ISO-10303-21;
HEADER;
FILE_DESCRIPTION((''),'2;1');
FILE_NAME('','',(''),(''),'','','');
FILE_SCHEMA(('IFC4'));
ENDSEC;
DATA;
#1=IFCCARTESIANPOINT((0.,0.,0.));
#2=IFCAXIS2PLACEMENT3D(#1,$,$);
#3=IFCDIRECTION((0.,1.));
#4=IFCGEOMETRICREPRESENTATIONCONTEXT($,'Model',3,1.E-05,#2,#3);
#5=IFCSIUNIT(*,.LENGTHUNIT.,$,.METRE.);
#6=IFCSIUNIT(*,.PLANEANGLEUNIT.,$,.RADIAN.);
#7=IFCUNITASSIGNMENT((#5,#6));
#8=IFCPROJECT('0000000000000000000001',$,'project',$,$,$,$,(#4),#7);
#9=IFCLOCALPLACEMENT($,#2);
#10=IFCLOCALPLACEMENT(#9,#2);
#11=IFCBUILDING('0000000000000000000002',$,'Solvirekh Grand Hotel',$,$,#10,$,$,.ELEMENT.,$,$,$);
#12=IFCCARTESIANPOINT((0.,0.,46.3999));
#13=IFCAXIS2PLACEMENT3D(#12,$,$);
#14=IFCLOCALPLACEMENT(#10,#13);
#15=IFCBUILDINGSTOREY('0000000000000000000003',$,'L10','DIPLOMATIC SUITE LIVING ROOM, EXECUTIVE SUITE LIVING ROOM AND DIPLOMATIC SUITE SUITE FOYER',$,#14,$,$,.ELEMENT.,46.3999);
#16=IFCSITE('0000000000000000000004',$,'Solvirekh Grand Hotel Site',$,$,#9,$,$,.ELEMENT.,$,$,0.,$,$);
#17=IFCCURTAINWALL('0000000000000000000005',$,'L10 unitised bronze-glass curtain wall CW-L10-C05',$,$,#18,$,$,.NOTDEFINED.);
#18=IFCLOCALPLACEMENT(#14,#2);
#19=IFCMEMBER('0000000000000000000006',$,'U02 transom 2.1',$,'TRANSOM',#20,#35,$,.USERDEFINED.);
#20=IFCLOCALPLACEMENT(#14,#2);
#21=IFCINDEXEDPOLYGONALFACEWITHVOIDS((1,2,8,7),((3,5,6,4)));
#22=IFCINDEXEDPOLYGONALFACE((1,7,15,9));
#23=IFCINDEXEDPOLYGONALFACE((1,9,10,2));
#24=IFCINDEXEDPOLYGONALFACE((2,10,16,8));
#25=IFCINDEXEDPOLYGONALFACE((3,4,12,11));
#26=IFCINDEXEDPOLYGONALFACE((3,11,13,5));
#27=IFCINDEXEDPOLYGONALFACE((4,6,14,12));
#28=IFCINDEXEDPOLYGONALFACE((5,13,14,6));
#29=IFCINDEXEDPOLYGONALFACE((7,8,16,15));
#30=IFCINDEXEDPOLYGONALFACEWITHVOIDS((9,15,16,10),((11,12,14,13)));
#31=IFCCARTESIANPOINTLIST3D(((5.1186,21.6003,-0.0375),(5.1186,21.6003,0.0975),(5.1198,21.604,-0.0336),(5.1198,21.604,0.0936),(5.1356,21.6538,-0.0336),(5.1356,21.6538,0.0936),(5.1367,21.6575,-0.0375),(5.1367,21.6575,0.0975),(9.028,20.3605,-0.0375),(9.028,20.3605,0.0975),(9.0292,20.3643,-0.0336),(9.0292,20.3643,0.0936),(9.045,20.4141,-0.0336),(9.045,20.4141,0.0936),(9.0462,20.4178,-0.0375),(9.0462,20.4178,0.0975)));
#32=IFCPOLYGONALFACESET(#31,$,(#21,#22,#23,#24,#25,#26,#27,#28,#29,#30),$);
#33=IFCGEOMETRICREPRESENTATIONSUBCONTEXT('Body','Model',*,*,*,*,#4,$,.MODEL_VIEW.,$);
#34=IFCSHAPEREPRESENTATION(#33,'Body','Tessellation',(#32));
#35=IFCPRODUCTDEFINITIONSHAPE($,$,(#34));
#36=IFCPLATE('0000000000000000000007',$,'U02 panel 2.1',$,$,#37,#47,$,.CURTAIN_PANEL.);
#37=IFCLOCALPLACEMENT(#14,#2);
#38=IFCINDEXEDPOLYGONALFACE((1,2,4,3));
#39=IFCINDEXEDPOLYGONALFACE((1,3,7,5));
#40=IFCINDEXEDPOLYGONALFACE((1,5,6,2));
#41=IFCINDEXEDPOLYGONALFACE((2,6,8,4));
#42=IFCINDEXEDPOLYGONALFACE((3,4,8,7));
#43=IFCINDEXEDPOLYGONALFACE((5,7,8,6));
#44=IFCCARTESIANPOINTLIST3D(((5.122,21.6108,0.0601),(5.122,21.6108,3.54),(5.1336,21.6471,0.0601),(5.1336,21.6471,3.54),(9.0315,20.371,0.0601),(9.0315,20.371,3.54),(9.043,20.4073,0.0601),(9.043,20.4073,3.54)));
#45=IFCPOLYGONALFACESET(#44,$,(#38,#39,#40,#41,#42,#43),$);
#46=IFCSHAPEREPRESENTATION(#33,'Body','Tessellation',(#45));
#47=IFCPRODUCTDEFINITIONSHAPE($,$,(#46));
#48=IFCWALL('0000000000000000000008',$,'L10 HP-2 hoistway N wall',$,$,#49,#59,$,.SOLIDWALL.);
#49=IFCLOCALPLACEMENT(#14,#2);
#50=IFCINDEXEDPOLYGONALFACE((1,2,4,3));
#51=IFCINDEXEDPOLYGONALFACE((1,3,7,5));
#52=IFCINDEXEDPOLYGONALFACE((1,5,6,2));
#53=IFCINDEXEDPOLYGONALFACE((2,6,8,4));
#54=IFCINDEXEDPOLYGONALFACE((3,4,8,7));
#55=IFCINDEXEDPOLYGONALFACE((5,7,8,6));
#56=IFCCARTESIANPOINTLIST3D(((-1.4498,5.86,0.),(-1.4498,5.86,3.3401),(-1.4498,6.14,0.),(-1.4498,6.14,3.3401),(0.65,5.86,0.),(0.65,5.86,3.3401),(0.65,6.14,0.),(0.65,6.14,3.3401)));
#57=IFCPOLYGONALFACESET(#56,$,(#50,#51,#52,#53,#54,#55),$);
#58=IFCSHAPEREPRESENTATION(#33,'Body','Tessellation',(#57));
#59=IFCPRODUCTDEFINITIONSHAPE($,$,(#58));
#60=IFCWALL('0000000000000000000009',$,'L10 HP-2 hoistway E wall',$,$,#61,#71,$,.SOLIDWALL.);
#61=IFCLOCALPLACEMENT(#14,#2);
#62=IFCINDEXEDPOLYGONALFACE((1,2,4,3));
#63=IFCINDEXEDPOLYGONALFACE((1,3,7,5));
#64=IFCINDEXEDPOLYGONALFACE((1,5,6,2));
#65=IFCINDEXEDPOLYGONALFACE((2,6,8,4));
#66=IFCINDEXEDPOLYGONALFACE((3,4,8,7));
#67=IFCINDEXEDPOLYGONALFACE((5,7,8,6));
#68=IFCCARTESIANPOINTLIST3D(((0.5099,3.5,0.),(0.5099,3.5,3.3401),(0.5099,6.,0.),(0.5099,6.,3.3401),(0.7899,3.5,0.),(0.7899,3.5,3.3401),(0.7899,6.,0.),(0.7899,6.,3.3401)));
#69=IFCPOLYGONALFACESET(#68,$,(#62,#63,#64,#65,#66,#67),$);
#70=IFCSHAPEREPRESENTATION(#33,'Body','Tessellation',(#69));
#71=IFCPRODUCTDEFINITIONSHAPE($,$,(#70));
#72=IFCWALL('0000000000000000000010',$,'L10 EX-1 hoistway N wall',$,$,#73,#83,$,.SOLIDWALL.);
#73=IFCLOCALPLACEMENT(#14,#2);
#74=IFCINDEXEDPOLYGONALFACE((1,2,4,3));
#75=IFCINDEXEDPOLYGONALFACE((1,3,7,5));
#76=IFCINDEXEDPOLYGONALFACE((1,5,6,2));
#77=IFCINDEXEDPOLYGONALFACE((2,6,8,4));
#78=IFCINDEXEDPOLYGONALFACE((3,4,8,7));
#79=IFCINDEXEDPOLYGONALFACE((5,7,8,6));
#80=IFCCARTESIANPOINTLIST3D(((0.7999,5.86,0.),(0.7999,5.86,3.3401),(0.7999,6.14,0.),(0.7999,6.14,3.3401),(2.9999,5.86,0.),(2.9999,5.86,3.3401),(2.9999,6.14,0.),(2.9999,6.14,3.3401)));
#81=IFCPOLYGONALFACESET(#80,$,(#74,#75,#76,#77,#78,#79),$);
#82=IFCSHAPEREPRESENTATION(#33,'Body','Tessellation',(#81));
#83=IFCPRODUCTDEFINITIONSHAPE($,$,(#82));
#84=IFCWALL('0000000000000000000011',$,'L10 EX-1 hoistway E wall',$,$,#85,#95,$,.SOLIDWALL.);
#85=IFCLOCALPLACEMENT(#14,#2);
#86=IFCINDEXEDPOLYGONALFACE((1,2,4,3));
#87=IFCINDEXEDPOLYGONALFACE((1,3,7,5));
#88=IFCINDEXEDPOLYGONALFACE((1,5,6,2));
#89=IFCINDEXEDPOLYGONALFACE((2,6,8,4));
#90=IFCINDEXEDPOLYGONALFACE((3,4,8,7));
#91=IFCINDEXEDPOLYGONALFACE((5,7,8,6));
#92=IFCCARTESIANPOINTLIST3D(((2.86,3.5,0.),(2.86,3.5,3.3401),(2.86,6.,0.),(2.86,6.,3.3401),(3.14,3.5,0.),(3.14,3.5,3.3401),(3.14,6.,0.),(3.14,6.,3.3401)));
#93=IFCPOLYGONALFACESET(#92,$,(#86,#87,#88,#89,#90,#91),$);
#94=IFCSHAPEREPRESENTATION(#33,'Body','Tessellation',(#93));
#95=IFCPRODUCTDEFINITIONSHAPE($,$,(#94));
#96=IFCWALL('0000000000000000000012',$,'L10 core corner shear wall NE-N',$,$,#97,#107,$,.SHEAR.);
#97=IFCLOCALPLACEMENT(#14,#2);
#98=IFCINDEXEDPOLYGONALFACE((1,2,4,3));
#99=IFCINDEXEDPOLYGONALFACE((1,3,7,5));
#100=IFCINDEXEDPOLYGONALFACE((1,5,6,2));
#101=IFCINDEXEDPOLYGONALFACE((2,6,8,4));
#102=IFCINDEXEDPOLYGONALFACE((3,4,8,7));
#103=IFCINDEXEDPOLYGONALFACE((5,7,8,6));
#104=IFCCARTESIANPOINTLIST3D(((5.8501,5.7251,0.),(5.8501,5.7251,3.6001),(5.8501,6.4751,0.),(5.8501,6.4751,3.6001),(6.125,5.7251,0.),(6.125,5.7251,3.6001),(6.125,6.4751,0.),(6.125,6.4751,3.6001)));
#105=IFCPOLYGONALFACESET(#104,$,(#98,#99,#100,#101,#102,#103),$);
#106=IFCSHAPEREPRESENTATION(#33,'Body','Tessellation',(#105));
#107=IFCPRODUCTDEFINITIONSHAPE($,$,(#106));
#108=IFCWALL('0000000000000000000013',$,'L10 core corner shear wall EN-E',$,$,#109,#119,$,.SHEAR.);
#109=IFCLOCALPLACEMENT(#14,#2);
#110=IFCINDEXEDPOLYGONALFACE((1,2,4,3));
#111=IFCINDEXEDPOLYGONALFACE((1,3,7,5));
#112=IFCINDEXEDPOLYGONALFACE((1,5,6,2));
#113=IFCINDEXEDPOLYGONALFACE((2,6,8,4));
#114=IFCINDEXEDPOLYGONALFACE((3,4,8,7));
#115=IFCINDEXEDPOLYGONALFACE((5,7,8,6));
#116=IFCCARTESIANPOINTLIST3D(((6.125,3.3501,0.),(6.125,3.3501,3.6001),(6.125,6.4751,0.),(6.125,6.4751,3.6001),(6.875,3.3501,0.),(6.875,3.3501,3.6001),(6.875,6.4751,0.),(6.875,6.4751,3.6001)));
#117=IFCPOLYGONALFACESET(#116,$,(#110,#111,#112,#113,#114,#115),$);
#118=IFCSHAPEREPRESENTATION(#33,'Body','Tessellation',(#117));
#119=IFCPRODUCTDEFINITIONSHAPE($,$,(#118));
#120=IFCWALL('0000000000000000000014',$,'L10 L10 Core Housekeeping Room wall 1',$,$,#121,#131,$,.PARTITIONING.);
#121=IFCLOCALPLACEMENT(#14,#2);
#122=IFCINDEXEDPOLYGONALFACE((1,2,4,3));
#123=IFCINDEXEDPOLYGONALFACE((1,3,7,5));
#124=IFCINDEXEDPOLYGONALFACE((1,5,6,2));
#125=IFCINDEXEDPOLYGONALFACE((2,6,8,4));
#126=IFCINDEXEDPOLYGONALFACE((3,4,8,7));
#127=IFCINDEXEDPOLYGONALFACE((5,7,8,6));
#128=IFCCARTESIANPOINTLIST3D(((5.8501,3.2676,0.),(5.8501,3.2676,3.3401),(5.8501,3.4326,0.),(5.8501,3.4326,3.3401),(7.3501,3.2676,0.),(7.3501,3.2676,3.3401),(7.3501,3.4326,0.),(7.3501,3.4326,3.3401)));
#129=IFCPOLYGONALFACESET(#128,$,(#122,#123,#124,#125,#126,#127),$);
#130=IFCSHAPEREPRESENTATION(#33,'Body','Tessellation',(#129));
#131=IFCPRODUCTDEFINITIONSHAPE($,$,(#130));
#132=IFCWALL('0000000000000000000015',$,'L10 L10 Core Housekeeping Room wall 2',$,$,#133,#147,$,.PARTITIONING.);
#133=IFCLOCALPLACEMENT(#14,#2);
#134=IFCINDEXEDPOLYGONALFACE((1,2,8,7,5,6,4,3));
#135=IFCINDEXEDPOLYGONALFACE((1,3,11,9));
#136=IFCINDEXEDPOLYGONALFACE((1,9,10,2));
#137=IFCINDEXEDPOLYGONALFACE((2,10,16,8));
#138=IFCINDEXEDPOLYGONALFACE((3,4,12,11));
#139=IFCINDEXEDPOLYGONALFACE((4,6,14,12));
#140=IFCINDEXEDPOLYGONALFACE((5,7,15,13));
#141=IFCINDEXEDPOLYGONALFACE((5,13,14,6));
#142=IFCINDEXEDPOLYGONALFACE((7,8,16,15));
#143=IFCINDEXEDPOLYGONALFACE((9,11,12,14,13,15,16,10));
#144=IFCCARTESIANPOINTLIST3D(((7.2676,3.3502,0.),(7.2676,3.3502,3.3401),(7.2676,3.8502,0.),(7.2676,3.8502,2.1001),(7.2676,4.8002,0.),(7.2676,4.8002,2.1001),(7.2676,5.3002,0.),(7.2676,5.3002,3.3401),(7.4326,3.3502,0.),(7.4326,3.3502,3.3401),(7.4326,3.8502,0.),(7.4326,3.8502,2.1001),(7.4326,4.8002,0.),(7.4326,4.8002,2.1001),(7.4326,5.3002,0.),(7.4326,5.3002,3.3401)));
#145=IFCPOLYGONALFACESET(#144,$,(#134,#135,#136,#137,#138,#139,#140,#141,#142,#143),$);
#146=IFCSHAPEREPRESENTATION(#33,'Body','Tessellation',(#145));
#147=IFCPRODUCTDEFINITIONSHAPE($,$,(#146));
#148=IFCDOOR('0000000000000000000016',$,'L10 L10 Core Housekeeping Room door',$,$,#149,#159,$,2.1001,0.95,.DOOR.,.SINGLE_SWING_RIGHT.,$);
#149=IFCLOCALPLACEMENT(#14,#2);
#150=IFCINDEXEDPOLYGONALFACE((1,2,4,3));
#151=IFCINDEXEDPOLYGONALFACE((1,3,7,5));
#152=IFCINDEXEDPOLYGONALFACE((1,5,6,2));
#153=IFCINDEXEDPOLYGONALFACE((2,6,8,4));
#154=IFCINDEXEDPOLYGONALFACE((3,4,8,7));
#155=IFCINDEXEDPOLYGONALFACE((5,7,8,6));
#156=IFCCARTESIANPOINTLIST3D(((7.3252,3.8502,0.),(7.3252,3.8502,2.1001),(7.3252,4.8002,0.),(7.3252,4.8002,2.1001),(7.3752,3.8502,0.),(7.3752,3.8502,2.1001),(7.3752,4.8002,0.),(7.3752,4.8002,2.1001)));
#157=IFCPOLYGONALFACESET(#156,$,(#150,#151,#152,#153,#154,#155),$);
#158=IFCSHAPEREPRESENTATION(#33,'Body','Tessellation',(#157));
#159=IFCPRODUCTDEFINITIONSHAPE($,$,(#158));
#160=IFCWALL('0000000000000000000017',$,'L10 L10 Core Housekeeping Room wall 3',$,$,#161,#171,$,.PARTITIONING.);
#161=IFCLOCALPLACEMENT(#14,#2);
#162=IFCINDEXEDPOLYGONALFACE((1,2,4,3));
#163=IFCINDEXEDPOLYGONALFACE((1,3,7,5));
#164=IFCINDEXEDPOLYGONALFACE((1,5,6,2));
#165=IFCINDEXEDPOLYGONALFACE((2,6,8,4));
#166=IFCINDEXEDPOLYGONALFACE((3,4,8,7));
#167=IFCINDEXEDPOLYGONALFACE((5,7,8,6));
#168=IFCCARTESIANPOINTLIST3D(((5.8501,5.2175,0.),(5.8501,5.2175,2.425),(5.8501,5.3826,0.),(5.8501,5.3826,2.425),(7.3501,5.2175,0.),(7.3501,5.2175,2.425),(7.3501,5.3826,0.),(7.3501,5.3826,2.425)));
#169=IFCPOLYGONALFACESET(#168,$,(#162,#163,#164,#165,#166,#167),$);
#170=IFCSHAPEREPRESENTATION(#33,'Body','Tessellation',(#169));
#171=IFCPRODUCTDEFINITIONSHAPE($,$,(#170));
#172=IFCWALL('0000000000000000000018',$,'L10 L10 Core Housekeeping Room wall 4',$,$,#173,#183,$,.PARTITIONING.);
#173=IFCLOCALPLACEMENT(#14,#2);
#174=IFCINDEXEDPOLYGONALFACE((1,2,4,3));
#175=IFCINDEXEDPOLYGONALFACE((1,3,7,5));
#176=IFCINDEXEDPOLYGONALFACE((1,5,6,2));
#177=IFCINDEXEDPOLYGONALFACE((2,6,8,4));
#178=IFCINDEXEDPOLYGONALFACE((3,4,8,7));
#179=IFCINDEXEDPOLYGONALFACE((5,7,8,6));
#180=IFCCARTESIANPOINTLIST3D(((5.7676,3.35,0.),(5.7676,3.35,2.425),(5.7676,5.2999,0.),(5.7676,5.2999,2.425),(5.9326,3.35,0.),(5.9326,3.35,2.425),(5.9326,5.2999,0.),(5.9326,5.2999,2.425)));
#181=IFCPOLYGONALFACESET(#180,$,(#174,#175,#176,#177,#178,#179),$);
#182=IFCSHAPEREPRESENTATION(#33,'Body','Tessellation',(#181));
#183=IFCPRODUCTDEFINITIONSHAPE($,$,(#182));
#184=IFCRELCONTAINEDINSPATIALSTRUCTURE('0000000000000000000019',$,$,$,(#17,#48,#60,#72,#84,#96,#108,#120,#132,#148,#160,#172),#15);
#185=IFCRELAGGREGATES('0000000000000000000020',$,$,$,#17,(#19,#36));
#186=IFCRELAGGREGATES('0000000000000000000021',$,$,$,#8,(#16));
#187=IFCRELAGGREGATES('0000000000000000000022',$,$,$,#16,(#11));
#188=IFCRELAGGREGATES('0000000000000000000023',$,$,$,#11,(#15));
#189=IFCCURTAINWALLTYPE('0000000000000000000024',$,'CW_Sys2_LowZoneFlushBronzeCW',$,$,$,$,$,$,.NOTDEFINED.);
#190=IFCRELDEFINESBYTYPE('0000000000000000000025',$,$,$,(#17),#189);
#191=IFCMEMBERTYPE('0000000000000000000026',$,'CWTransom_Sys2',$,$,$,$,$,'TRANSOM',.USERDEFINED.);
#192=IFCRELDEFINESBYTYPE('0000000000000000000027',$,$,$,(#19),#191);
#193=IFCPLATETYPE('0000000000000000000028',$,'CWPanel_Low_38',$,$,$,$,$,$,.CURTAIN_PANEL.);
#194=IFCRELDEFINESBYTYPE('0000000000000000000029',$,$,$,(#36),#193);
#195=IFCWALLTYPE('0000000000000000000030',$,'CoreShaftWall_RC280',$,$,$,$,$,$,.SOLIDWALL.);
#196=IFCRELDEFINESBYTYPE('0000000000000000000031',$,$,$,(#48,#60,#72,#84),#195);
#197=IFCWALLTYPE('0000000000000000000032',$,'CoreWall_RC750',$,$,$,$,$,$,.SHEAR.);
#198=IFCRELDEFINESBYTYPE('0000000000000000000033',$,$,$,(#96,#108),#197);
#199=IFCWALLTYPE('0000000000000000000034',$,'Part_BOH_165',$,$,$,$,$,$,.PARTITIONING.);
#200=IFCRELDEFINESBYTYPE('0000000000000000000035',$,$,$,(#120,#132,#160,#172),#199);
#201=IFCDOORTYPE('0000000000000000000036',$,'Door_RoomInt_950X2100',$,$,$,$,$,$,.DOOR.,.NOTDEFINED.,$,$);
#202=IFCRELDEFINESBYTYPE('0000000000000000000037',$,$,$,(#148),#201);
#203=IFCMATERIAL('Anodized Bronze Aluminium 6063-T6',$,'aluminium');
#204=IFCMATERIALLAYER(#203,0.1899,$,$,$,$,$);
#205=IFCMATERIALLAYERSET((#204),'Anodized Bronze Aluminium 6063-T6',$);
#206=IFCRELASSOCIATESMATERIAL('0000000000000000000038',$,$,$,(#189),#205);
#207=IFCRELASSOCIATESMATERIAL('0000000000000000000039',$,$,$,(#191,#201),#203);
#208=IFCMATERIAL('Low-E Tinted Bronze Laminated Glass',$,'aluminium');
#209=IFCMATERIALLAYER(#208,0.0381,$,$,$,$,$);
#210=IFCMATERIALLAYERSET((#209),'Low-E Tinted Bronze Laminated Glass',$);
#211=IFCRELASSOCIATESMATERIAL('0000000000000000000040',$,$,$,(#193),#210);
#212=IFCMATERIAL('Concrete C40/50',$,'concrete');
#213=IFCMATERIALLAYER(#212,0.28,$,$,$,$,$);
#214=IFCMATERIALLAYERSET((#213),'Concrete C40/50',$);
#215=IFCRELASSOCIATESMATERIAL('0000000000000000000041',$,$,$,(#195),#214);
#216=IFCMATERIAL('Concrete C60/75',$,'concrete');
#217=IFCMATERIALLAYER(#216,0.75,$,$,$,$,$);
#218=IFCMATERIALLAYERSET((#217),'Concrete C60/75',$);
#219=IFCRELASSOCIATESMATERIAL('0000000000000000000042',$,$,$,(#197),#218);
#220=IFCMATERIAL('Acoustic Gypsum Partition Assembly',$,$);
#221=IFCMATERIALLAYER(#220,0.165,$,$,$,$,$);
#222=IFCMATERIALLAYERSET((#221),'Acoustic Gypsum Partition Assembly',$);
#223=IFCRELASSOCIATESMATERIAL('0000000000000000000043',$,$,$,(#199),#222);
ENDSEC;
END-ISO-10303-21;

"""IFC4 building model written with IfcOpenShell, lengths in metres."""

from ifc_helpers import new_model, si_unit, direction, frame, frame_2d, origin, origin_2d, place, context, subcontext, project, spatial, rectangle, hollow_rectangle, extrude, source, transform, mapped, material, layer, layer_set, material_profile, profile_set, type_object, element, fill, aggregate, save


model = new_model("IFC4")

# Units and contexts
model_context = context("Model", 3, precision=1e-05, world=origin(), true_north=direction((0.0, 1.0)))
body_context = subcontext(model_context, "Body", "Model", "MODEL_VIEW")
ifc_project = project(units=[si_unit("LENGTHUNIT", "METRE"), si_unit("PLANEANGLEUNIT", "RADIAN")], contexts=[model_context])

# Site, building, storey
site_placement = place(None, origin())
site = spatial("IfcSite", under=ifc_project, at=site_placement, Name="Solvirekh Grand Hotel Site", CompositionType="ELEMENT", RefElevation=0.0)
building_placement = place(site_placement, origin())
building = spatial("IfcBuilding", under=site, at=building_placement, Name="Solvirekh Grand Hotel", CompositionType="ELEMENT")
storey_placement = place(building_placement, frame((0.0, 0.0, 46.3999)))
storey = spatial("IfcBuildingStorey", under=building, at=storey_placement, Name="L10", Description="DIPLOMATIC SUITE LIVING ROOM, EXECUTIVE SUITE LIVING ROOM AND DIPLOMATIC SUITE SUITE FOYER", CompositionType="ELEMENT", Elevation=46.3999)

# Shared definitions
ifc_material_1 = material(Name="Concrete C60/75", Category="concrete")

# Curtain wall, member, plate
ifc_material_2 = material(Name="Anodized Bronze Aluminium 6063-T6", Category="aluminium")
ifc_layer_1 = layer(ifc_material_2, 0.1899)
ifc_layer_set_1 = layer_set([ifc_layer_1], Name="Anodized Bronze Aluminium 6063-T6")
curtain_wall_type = type_object("IfcCurtainWallType", Name="CW_Sys2_LowZoneFlushBronzeCW", PredefinedType="NOTDEFINED", material=ifc_layer_set_1)
curtain_wall_placement = place(storey_placement, origin())
curtain_wall = element("IfcCurtainWall", 1, at=curtain_wall_placement, inside=storey, type_object=curtain_wall_type, Name="L10 unitised bronze-glass curtain wall CW-L10-C05", PredefinedType="NOTDEFINED")
ifc_material_profile_1 = material_profile(ifc_material_2, hollow_rectangle(XDim=0.0601, YDim=0.135, WallThickness=0.0039, at=origin_2d()), Name="ALU RHS 135X60X4")
ifc_profile_set_1 = profile_set([ifc_material_profile_1], Name="Anodized Bronze Aluminium 6063-T6")
member_type_1 = type_object("IfcMemberType", Name="CWTransom_Sys2", ElementType="TRANSOM", PredefinedType="USERDEFINED", material=ifc_profile_set_1)
shared_shape_1 = source(origin(), body_context, "Body", "SweptSolid", [
    extrude(hollow_rectangle(XDim=0.0601, YDim=0.135, WallThickness=0.0039, at=origin_2d()), origin(), (0.0, 0.0, 1.0), 4.1013),
])
member_1_placement = place(storey_placement, frame((9.0371, 20.3892, 0.03), z_axis=(-0.953219, 0.302282, 0.0), x_axis=(-0.302282, -0.953219, 0.0)))
member_1 = element("IfcMember", 2, at=member_1_placement, type_object=member_type_1, Name="U02 transom 2.1", ObjectType="TRANSOM", PredefinedType="USERDEFINED", context=body_context, shape_type="MappedRepresentation", body=[
    mapped(shared_shape_1, transform((0.0, 0.0, 0.0), x_axis=(1.0, 0.0, 0.0), y_axis=(0.0, 1.0, 0.0), z_axis=(0.0, 0.0, 1.0), scale=1.0)),
])
ifc_material_3 = material(Name="Low-E Tinted Bronze Laminated Glass", Category="aluminium")
ifc_layer_2 = layer(ifc_material_3, 0.0381)
ifc_layer_set_2 = layer_set([ifc_layer_2], Name="Low-E Tinted Bronze Laminated Glass")
plate_type = type_object("IfcPlateType", Name="CWPanel_Low_38", PredefinedType="CURTAIN_PANEL", material=ifc_layer_set_2)
shared_shape_2 = source(origin(), body_context, "Body", "SweptSolid", [
    extrude(rectangle(XDim=4.1013, YDim=0.0381, at=origin_2d()), origin(), (0.0, 0.0, 1.0), 3.48),
])
plate_placement = place(storey_placement, frame((7.0825, 21.009, 0.0601), z_axis=(0.0, 0.0, 1.0), x_axis=(-0.953217, 0.302286, 0.0)))
plate = element("IfcPlate", 3, at=plate_placement, type_object=plate_type, Name="U02 panel 2.1", PredefinedType="CURTAIN_PANEL", context=body_context, shape_type="MappedRepresentation", body=[
    mapped(shared_shape_2, transform((0.0, 0.0, 0.0), x_axis=(1.0, 0.0, 0.0), y_axis=(0.0, 1.0, 0.0), z_axis=(0.0, 0.0, 1.0), scale=1.0)),
])
aggregate(curtain_wall, [member_1, plate])

# Walls
ifc_material_4 = material(Name="Concrete C40/50", Category="concrete")
ifc_layer_3 = layer(ifc_material_4, 0.28)
ifc_layer_set_3 = layer_set([ifc_layer_3], Name="Concrete C40/50")
wall_type_1 = type_object("IfcWallType", Name="CoreShaftWall_RC280", PredefinedType="SOLIDWALL", material=ifc_layer_set_3)
wall_1_placement = place(storey_placement, frame((0.6499, 6.0, 0.0), z_axis=(0.0, 0.0, 1.0), x_axis=(-1.0, 0.0, 0.0)))
element("IfcWall", 4, at=wall_1_placement, inside=storey, type_object=wall_type_1, Name="L10 HP-2 hoistway N wall", PredefinedType="SOLIDWALL", context=body_context, shape_type="SweptSolid", body=[
    extrude(rectangle(XDim=2.0999, YDim=0.28, at=frame_2d((1.0498, 0.0))), origin(), (0.0, 0.0, 1.0), 3.3401),
])
wall_2_placement = place(storey_placement, frame((0.6499, 3.5, 0.0), z_axis=(0.0, 0.0, 1.0), x_axis=(0.0, 1.0, 0.0)))
element("IfcWall", 5, at=wall_2_placement, inside=storey, type_object=wall_type_1, Name="L10 HP-2 hoistway E wall", PredefinedType="SOLIDWALL", context=body_context, shape_type="SweptSolid", body=[
    extrude(rectangle(XDim=2.5, YDim=0.28, at=frame_2d((1.25, 0.0))), origin(), (0.0, 0.0, 1.0), 3.3401),
])
wall_3_placement = place(storey_placement, frame((3.0, 6.0, 0.0), z_axis=(0.0, 0.0, 1.0), x_axis=(-1.0, 0.0, 0.0)))
element("IfcWall", 6, at=wall_3_placement, inside=storey, type_object=wall_type_1, Name="L10 EX-1 hoistway N wall", PredefinedType="SOLIDWALL", context=body_context, shape_type="SweptSolid", body=[
    extrude(rectangle(XDim=2.2, YDim=0.28, at=frame_2d((1.1001, 0.0))), origin(), (0.0, 0.0, 1.0), 3.3401),
])
wall_4_placement = place(storey_placement, frame((3.0, 3.5, 0.0), z_axis=(0.0, 0.0, 1.0), x_axis=(0.0, 1.0, 0.0)))
element("IfcWall", 7, at=wall_4_placement, inside=storey, type_object=wall_type_1, Name="L10 EX-1 hoistway E wall", PredefinedType="SOLIDWALL", context=body_context, shape_type="SweptSolid", body=[
    extrude(rectangle(XDim=2.5, YDim=0.28, at=frame_2d((1.25, 0.0))), origin(), (0.0, 0.0, 1.0), 3.3401),
])
ifc_layer_4 = layer(ifc_material_1, 0.75)
ifc_layer_set_4 = layer_set([ifc_layer_4], Name="Concrete C60/75")
wall_type_2 = type_object("IfcWallType", Name="CoreWall_RC750", PredefinedType="SHEAR", material=ifc_layer_set_4)
wall_5_placement = place(storey_placement, frame((5.8501, 6.1001, 0.0), z_axis=(0.0, 0.0, 1.0), x_axis=(1.0, 0.0, 0.0)))
element("IfcWall", 8, at=wall_5_placement, inside=storey, type_object=wall_type_2, Name="L10 core corner shear wall NE-N", PredefinedType="SHEAR", context=body_context, shape_type="SweptSolid", body=[
    extrude(rectangle(XDim=0.2749, YDim=0.75, at=frame_2d((0.1375, 0.0))), origin(), (0.0, 0.0, 1.0), 3.6001),
])
wall_6_placement = place(storey_placement, frame((6.5, 3.3501, 0.0), z_axis=(0.0, 0.0, 1.0), x_axis=(0.0, 1.0, 0.0)))
element("IfcWall", 9, at=wall_6_placement, inside=storey, type_object=wall_type_2, Name="L10 core corner shear wall EN-E", PredefinedType="SHEAR", context=body_context, shape_type="SweptSolid", body=[
    extrude(rectangle(XDim=3.125, YDim=0.75, at=frame_2d((1.5625, 0.0))), origin(), (0.0, 0.0, 1.0), 3.6001),
])
ifc_material_5 = material(Name="Acoustic Gypsum Partition Assembly")
ifc_layer_5 = layer(ifc_material_5, 0.165)
ifc_layer_set_5 = layer_set([ifc_layer_5], Name="Acoustic Gypsum Partition Assembly")
wall_type_3 = type_object("IfcWallType", Name="Part_BOH_165", PredefinedType="PARTITIONING", material=ifc_layer_set_5)
wall_7_placement = place(storey_placement, frame((5.8501, 3.3501, 0.0), z_axis=(0.0, 0.0, 1.0), x_axis=(1.0, 0.0, 0.0)))
element("IfcWall", 10, at=wall_7_placement, inside=storey, type_object=wall_type_3, Name="L10 L10 Core Housekeeping Room wall 1", PredefinedType="PARTITIONING", context=body_context, shape_type="SweptSolid", body=[
    extrude(rectangle(XDim=1.5, YDim=0.165, at=frame_2d((0.75, 0.0))), origin(), (0.0, 0.0, 1.0), 3.3401),
])

# Wall, opening, door
wall_8_placement = place(storey_placement, frame((7.3501, 3.3501, 0.0), z_axis=(0.0, 0.0, 1.0), x_axis=(0.0, 1.0, 0.0)))
wall_8 = element("IfcWall", 11, at=wall_8_placement, inside=storey, type_object=wall_type_3, Name="L10 L10 Core Housekeeping Room wall 2", PredefinedType="PARTITIONING", context=body_context, shape_type="SweptSolid", body=[
    extrude(rectangle(XDim=1.95, YDim=0.165, at=frame_2d((0.9751, 0.0))), origin(), (0.0, 0.0, 1.0), 3.3401),
])
opening_1_placement = place(wall_8_placement, frame((0.5, 0.0, 0.0)))
opening_1 = element("IfcOpeningElement", 12, at=opening_1_placement, cuts=wall_8, PredefinedType="OPENING", context=body_context, shape_type="SweptSolid", body=[
    extrude(rectangle(XDim=0.95, YDim=2.1001, at=frame_2d((0.4751, 1.05))), frame((0.0, 0.0925, 0.0), z_axis=(0.0, -1.0, 0.0), x_axis=(1.0, 0.0, 0.0)), (0.0, 0.0, 1.0), 0.1851),
])
door_type_1 = type_object("IfcDoorType", Name="Door_RoomInt_950X2100", OperationType="NOTDEFINED", PredefinedType="DOOR", material=ifc_material_2)
door_1_placement = place(opening_1_placement, origin())
door_1 = element("IfcDoor", 13, at=door_1_placement, inside=storey, type_object=door_type_1, Name="L10 L10 Core Housekeeping Room door", OperationType="SINGLE_SWING_RIGHT", OverallHeight=2.1001, OverallWidth=0.95, PredefinedType="DOOR", context=body_context, shape_type="SweptSolid", body=[
    extrude(rectangle(XDim=0.95, YDim=2.1001, at=frame_2d((0.4751, 1.05))), frame((0.0, 0.0249, 0.0), z_axis=(0.0, -1.0, 0.0), x_axis=(1.0, 0.0, 0.0)), (0.0, 0.0, 1.0), 0.05),
])
fill(opening_1, door_1)

# Walls
wall_9_placement = place(storey_placement, frame((7.3501, 5.3, 0.0), z_axis=(0.0, 0.0, 1.0), x_axis=(-1.0, 0.0, 0.0)))
element("IfcWall", 14, at=wall_9_placement, inside=storey, type_object=wall_type_3, Name="L10 L10 Core Housekeeping Room wall 3", PredefinedType="PARTITIONING", context=body_context, shape_type="SweptSolid", body=[
    extrude(rectangle(XDim=1.5, YDim=0.165, at=frame_2d((0.75, 0.0))), origin(), (0.0, 0.0, 1.0), 2.425),
])
wall_10_placement = place(storey_placement, frame((5.8501, 5.3, 0.0), z_axis=(0.0, 0.0, 1.0), x_axis=(0.0, -1.0, 0.0)))
element("IfcWall", 15, at=wall_10_placement, inside=storey, type_object=wall_type_3, Name="L10 L10 Core Housekeeping Room wall 4", PredefinedType="PARTITIONING", context=body_context, shape_type="SweptSolid", body=[
    extrude(rectangle(XDim=1.95, YDim=0.165, at=frame_2d((0.9751, 0.0))), origin(), (0.0, 0.0, 1.0), 2.425),
])

save(model, "model.ifc")
